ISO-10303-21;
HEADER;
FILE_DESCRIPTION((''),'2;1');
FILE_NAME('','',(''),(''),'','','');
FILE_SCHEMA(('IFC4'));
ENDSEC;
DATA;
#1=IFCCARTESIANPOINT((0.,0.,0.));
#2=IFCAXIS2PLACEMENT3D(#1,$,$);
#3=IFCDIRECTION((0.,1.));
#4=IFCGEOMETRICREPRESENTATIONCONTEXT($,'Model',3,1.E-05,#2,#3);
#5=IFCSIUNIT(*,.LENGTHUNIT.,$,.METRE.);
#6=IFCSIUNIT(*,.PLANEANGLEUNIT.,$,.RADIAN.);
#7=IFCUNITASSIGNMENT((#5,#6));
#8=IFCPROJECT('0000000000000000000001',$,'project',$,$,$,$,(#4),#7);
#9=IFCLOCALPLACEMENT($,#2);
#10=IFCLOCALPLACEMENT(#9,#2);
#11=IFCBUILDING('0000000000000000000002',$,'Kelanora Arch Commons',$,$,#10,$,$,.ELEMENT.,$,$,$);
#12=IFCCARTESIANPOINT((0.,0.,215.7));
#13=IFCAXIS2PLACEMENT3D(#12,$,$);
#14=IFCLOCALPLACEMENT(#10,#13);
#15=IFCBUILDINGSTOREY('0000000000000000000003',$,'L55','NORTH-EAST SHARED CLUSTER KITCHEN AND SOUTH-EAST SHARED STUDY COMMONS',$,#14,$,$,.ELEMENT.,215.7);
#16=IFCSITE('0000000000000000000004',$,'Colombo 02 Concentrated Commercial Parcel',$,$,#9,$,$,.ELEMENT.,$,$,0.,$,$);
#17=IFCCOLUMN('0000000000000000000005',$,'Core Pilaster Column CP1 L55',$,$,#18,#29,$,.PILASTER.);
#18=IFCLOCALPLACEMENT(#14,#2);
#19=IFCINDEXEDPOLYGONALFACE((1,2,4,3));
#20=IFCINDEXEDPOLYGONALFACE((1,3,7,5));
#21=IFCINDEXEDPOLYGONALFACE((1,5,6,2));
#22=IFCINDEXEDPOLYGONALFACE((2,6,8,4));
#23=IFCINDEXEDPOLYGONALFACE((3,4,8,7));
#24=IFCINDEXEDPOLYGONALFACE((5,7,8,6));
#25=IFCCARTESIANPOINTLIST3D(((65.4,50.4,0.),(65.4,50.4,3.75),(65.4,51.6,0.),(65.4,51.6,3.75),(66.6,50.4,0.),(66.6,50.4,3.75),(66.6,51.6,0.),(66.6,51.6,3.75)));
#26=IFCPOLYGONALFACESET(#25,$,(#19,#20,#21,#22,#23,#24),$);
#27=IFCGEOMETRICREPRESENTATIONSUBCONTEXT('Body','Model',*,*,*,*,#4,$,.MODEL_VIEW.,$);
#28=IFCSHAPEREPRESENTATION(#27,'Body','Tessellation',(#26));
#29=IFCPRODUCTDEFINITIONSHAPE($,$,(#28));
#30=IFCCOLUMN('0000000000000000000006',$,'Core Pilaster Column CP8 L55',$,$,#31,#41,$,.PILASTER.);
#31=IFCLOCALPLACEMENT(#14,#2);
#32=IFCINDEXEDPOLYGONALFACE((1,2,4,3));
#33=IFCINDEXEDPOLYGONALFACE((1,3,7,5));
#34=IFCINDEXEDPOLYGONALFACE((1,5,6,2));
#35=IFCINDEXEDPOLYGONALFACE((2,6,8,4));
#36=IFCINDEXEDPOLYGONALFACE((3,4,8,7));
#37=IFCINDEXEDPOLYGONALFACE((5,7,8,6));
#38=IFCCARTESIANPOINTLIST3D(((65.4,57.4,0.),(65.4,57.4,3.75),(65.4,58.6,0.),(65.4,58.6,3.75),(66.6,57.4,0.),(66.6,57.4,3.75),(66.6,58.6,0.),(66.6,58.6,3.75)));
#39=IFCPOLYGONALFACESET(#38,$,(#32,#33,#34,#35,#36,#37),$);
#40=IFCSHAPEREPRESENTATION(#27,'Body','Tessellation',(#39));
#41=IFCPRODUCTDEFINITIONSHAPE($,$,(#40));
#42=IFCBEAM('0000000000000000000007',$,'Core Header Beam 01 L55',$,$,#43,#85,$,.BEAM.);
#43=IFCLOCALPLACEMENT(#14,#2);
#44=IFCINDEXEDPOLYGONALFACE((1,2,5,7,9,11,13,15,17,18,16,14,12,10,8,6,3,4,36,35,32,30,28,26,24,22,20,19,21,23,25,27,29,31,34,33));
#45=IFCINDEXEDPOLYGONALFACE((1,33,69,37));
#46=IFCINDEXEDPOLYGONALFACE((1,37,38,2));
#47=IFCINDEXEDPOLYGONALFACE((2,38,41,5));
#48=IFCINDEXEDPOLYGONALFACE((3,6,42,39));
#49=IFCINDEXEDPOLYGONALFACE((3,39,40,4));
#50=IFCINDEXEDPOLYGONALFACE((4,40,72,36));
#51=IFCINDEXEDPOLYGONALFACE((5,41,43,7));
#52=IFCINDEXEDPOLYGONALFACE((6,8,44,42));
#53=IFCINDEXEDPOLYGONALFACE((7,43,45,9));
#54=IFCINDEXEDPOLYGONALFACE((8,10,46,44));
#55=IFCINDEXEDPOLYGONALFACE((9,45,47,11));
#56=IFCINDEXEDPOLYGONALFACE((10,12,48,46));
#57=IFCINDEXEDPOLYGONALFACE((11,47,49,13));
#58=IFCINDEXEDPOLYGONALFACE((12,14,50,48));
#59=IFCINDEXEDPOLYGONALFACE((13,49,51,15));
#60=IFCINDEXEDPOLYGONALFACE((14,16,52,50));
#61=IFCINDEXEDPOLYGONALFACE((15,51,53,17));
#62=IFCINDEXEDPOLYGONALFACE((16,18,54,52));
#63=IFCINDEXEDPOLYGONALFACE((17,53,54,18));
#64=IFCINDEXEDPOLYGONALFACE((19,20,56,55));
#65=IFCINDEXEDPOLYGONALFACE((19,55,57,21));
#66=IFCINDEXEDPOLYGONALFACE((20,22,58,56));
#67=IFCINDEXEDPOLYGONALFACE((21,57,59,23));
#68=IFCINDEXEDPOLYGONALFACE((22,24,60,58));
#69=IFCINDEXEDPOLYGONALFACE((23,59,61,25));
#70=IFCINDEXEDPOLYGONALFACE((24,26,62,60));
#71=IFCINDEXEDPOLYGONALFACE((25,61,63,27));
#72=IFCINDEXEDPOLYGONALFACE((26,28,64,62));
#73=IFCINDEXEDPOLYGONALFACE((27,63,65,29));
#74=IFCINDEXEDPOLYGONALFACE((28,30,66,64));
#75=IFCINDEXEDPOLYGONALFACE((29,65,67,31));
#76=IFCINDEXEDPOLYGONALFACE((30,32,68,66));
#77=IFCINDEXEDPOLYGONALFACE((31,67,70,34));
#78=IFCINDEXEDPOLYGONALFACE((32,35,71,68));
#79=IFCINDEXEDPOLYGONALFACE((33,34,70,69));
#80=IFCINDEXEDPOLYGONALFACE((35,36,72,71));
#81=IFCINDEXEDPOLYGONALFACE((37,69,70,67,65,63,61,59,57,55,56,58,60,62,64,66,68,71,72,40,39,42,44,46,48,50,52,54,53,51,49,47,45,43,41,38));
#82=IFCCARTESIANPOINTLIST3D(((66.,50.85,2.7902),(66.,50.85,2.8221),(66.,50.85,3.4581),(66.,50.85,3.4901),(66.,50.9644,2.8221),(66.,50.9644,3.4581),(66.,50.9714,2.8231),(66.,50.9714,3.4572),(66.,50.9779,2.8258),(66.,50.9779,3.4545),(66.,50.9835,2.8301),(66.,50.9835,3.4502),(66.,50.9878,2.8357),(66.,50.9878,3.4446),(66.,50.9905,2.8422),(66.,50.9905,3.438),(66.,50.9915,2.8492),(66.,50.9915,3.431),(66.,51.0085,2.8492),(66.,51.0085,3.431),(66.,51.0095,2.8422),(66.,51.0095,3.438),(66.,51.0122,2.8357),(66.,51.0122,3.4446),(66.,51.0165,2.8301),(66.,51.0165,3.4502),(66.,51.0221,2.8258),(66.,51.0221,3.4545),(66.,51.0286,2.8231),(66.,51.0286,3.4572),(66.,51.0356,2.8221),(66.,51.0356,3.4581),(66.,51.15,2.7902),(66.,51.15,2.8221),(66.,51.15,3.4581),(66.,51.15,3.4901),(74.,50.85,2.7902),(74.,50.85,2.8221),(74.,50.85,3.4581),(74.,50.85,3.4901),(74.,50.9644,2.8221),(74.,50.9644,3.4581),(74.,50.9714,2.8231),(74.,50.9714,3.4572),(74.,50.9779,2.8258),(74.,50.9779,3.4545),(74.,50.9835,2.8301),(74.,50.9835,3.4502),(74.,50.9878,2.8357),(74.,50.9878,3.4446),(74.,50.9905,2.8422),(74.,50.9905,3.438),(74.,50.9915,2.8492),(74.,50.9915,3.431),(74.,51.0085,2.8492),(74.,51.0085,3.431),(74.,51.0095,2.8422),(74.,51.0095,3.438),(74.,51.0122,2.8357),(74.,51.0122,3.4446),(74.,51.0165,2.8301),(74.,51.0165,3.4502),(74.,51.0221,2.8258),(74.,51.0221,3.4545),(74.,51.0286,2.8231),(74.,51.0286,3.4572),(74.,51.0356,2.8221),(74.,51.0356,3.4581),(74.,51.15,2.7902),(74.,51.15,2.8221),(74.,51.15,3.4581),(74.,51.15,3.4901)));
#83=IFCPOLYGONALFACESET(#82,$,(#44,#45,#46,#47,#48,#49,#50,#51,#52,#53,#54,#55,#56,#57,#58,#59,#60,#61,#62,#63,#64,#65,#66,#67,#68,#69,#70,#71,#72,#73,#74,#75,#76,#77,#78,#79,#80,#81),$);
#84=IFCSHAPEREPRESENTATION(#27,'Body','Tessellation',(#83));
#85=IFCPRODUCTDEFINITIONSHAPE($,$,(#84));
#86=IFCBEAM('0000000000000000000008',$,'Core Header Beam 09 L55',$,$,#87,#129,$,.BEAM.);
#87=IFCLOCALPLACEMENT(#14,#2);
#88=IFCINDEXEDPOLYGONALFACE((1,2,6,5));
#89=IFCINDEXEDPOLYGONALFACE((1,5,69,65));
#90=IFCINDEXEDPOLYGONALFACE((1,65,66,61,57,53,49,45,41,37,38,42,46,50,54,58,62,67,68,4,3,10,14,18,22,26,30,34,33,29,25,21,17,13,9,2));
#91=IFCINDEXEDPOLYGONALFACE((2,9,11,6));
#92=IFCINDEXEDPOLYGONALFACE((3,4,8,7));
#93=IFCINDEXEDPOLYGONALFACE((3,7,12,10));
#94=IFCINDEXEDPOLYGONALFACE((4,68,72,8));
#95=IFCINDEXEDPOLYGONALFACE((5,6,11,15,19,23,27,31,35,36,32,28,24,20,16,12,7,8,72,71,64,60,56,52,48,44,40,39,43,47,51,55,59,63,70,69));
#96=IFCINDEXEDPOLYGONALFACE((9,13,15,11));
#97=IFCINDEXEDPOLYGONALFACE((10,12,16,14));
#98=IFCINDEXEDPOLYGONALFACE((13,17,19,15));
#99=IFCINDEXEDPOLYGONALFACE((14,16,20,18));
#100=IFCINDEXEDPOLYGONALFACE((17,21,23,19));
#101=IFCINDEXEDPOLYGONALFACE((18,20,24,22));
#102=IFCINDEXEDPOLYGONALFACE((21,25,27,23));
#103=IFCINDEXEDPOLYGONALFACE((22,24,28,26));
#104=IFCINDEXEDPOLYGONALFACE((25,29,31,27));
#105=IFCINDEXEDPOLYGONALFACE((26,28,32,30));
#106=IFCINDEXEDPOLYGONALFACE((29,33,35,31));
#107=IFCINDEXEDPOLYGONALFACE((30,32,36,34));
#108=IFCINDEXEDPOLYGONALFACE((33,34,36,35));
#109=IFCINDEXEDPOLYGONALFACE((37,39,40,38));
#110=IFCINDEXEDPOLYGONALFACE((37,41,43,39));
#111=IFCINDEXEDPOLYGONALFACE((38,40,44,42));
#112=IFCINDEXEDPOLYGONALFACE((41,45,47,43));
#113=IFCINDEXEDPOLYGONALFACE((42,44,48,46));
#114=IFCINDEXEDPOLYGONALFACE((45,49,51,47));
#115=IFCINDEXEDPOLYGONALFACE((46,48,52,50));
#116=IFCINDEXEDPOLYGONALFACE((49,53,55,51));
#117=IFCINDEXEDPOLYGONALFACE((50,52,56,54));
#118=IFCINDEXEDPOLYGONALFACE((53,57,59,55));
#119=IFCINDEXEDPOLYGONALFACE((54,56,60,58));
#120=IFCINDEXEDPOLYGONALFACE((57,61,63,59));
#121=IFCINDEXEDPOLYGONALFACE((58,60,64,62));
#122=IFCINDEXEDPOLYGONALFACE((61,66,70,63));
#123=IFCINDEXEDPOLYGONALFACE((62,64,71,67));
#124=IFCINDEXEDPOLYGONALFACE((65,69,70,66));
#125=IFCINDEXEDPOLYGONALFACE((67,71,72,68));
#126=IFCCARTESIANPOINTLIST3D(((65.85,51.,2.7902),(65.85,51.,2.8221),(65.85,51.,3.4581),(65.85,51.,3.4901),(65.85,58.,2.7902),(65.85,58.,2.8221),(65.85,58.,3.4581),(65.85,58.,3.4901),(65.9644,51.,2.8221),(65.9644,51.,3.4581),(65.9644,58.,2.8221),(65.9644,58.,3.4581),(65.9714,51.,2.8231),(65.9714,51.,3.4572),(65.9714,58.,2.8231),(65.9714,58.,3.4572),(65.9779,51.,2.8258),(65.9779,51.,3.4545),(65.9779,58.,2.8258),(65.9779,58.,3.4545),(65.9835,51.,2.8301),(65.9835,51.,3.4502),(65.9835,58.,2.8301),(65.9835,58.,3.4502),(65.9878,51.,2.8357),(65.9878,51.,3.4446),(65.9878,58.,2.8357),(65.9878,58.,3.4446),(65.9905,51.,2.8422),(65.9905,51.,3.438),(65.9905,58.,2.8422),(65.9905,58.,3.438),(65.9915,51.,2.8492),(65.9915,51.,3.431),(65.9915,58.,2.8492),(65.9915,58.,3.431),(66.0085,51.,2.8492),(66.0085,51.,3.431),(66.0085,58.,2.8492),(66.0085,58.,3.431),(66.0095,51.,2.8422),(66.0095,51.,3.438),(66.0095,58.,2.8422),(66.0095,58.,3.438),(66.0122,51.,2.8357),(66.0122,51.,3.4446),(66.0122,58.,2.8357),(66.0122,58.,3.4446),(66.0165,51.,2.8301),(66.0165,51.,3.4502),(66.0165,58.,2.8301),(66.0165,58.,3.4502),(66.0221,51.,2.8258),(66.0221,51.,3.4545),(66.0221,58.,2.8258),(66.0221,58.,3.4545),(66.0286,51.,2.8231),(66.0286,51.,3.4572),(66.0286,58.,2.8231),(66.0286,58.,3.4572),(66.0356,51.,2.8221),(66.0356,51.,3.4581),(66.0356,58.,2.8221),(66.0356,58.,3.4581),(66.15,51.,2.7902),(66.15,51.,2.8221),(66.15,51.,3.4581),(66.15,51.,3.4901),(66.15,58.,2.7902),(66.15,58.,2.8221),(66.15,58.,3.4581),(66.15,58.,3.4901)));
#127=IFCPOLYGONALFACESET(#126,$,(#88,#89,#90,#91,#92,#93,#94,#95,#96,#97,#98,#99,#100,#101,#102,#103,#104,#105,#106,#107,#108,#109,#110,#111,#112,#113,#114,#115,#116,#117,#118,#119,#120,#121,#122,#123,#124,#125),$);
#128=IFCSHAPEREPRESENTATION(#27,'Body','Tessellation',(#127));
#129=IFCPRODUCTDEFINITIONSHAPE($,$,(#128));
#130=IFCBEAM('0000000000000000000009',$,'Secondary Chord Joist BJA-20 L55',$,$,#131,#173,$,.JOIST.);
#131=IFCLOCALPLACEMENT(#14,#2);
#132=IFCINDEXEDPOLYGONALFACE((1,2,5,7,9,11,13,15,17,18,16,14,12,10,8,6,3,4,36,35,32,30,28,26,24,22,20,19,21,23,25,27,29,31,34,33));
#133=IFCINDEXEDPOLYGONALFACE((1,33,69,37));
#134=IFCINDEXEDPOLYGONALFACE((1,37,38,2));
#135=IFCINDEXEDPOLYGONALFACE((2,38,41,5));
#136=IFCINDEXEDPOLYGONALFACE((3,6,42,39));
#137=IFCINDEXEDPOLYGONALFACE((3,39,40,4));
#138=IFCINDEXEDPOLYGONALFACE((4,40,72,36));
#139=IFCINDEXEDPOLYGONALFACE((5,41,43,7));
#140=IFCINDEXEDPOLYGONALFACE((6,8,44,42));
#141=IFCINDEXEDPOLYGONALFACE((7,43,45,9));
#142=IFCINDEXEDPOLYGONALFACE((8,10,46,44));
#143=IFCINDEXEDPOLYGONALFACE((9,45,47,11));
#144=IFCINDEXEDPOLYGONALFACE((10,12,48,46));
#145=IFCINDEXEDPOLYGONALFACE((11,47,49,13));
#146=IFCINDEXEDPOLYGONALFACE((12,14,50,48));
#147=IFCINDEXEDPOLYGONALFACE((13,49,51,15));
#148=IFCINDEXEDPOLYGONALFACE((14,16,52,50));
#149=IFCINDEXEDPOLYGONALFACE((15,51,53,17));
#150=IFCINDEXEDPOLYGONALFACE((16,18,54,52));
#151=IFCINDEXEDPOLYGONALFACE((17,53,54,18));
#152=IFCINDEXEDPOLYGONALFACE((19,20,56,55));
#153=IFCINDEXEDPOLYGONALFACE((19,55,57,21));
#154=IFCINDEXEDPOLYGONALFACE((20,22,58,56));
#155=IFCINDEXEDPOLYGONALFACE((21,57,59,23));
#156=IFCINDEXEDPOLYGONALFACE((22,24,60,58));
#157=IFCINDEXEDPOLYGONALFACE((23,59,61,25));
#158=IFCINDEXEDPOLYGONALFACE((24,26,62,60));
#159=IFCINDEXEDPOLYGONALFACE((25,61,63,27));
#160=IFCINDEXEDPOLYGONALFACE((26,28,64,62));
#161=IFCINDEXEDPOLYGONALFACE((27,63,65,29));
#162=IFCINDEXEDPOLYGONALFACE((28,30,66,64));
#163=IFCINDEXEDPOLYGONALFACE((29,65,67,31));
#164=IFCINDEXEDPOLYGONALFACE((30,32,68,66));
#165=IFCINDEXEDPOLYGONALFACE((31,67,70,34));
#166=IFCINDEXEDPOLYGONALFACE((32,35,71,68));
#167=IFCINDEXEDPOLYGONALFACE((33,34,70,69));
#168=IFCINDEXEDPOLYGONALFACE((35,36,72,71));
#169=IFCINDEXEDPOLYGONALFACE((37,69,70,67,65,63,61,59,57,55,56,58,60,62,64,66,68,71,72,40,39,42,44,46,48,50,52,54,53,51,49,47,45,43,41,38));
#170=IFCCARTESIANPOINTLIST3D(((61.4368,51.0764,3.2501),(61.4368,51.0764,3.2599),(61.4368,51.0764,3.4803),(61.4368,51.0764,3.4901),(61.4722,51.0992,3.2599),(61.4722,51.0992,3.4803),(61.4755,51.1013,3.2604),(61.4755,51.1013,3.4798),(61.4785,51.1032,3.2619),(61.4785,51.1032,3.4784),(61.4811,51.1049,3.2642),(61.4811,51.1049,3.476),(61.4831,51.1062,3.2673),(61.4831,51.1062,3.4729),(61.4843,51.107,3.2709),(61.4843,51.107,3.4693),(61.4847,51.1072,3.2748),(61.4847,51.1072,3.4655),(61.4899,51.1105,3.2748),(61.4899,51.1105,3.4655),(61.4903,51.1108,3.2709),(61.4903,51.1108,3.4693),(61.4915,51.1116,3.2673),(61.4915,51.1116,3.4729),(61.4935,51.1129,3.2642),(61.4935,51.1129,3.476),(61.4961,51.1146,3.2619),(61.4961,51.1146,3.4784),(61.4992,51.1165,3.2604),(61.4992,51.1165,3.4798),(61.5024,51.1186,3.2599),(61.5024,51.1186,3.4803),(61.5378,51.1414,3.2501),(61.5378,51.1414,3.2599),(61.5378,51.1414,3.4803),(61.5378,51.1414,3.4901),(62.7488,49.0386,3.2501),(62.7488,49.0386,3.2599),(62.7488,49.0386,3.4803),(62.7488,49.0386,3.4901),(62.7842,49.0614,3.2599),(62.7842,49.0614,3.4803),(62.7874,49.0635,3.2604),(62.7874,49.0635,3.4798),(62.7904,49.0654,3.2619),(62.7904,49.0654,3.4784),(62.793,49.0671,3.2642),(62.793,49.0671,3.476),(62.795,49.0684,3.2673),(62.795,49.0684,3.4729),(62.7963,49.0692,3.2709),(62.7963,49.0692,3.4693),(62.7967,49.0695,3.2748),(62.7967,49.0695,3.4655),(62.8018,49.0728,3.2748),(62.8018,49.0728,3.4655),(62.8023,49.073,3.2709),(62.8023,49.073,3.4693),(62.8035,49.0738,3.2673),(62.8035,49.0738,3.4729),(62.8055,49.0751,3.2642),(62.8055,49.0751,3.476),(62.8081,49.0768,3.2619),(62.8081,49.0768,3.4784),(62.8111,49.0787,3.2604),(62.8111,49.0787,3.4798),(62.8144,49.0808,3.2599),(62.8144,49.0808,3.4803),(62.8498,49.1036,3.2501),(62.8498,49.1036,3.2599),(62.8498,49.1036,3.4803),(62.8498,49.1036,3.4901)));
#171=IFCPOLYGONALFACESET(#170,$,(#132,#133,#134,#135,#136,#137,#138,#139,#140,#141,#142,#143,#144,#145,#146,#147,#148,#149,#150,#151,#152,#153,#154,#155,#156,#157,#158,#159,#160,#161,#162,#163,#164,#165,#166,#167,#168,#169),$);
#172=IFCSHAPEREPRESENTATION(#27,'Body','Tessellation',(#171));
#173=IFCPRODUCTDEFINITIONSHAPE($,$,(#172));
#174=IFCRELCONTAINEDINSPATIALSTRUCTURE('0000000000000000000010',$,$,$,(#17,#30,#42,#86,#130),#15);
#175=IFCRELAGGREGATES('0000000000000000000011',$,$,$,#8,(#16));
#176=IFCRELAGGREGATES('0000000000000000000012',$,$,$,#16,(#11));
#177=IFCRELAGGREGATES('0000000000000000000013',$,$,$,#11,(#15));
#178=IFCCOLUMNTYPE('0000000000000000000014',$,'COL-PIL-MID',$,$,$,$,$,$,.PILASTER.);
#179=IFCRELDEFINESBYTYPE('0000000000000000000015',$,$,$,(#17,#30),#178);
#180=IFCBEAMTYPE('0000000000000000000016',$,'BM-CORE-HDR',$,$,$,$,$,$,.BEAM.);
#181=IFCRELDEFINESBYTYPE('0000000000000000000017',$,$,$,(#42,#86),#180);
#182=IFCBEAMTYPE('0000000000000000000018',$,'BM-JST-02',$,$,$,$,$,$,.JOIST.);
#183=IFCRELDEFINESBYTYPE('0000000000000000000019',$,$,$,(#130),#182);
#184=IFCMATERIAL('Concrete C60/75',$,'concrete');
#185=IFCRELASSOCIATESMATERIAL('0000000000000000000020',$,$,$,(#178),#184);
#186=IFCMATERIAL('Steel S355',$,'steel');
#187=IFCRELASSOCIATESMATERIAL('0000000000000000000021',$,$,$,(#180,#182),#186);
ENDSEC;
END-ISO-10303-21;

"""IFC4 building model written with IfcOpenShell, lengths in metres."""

from ifc_helpers import new_model, si_unit, direction, frame, origin, origin_2d, place, context, subcontext, project, spatial, rectangle, i_section, extrude, material, material_profile, profile_set, type_object, element, save


model = new_model("IFC4")

# Units and contexts
model_context = context("Model", 3, precision=1e-05, world=origin(), true_north=direction((0.0, 1.0)))
body_context = subcontext(model_context, "Body", "Model", "MODEL_VIEW")
ifc_project = project(units=[si_unit("LENGTHUNIT", "METRE"), si_unit("PLANEANGLEUNIT", "RADIAN")], contexts=[model_context])

# Site, building, storey
site_placement = place(None, origin())
site = spatial("IfcSite", under=ifc_project, at=site_placement, Name="Colombo 02 Concentrated Commercial Parcel", CompositionType="ELEMENT", RefElevation=0.0)
building_placement = place(site_placement, origin())
building = spatial("IfcBuilding", under=site, at=building_placement, Name="Kelanora Arch Commons", CompositionType="ELEMENT")
storey_placement = place(building_placement, frame((0.0, 0.0, 215.7)))
storey = spatial("IfcBuildingStorey", under=building, at=storey_placement, Name="L55", Description="NORTH-EAST SHARED CLUSTER KITCHEN AND SOUTH-EAST SHARED STUDY COMMONS", CompositionType="ELEMENT", Elevation=215.7)

# Columns
ifc_material_1 = material(Name="Concrete C60/75", Category="concrete")
ifc_material_profile_1 = material_profile(ifc_material_1, rectangle(XDim=1.2, YDim=1.2, at=origin_2d()), Name="RC1200x1200")
ifc_profile_set_1 = profile_set([ifc_material_profile_1], Name="Concrete C60/75")
column_type = type_object("IfcColumnType", Name="COL-PIL-MID", PredefinedType="PILASTER", material=ifc_profile_set_1)
for number, where, z_axis, x_axis, name in (
    (1, (66.0, 51.0, 0.0), (0.0, 0.0, 1.0), (1.0, 0.0, 0.0), "Core Pilaster Column CP1 L55"),
    (2, (66.0, 58.0, 0.0), (0.0, 0.0, 1.0), (1.0, 0.0, 0.0), "Core Pilaster Column CP8 L55"),
):
    element("IfcColumn", number, at=place(storey_placement, frame(where, z_axis=z_axis, x_axis=x_axis)), inside=storey, type_object=column_type, Name=name, PredefinedType="PILASTER", context=body_context, shape_type="SweptSolid", body=[
        extrude(rectangle(XDim=1.2, YDim=1.2, at=origin_2d()), origin(), (0.0, 0.0, 1.0), 3.75),
    ])

# Beams
ifc_material_2 = material(Name="Steel S355", Category="steel")
ifc_material_profile_2 = material_profile(ifc_material_2, i_section(OverallWidth=0.3, OverallDepth=0.7, WebThickness=0.0171, FlangeThickness=0.032, FilletRadius=0.0271, at=origin_2d()), Name="HEB700")
ifc_profile_set_2 = profile_set([ifc_material_profile_2], Name="Steel S355")
beam_type_1 = type_object("IfcBeamType", Name="BM-CORE-HDR", PredefinedType="BEAM", material=ifc_profile_set_2)
beam_1_placement = place(storey_placement, frame((66.0, 51.0, 3.1401), z_axis=(1.0, 0.0, 0.0), x_axis=(0.0, 1.0, 0.0)))
element("IfcBeam", 3, at=beam_1_placement, inside=storey, type_object=beam_type_1, Name="Core Header Beam 01 L55", PredefinedType="BEAM", context=body_context, shape_type="SweptSolid", body=[
    extrude(i_section(OverallWidth=0.3, OverallDepth=0.7, WebThickness=0.0171, FlangeThickness=0.032, FilletRadius=0.0271, at=origin_2d()), origin(), (0.0, 0.0, 1.0), 8.0),
])
beam_2_placement = place(storey_placement, frame((66.0, 58.0, 3.1401), z_axis=(0.0, -1.0, 0.0), x_axis=(1.0, 0.0, 0.0)))
element("IfcBeam", 4, at=beam_2_placement, inside=storey, type_object=beam_type_1, Name="Core Header Beam 09 L55", PredefinedType="BEAM", context=body_context, shape_type="SweptSolid", body=[
    extrude(i_section(OverallWidth=0.3, OverallDepth=0.7, WebThickness=0.0171, FlangeThickness=0.032, FilletRadius=0.0271, at=origin_2d()), origin(), (0.0, 0.0, 1.0), 7.0),
])
ifc_material_profile_3 = material_profile(ifc_material_2, i_section(OverallWidth=0.1201, OverallDepth=0.24, WebThickness=0.0061, FlangeThickness=0.0098, FilletRadius=0.0149, at=origin_2d()), Name="IPE240")
ifc_profile_set_3 = profile_set([ifc_material_profile_3], Name="Steel S355")
beam_type_2 = type_object("IfcBeamType", Name="BM-JST-02", PredefinedType="JOIST", material=ifc_profile_set_3)
beam_3_placement = place(storey_placement, frame((61.4873, 51.1089, 3.3701), z_axis=(0.541333, -0.840808, 0.0), x_axis=(0.840808, 0.541333, 0.0)))
element("IfcBeam", 5, at=beam_3_placement, inside=storey, type_object=beam_type_2, Name="Secondary Chord Joist BJA-20 L55", PredefinedType="JOIST", context=body_context, shape_type="SweptSolid", body=[
    extrude(i_section(OverallWidth=0.1201, OverallDepth=0.24, WebThickness=0.0061, FlangeThickness=0.0098, FilletRadius=0.0149, at=origin_2d()), origin(), (0.0, 0.0, 1.0), 2.4236),
])

save(model, "model.ifc")
